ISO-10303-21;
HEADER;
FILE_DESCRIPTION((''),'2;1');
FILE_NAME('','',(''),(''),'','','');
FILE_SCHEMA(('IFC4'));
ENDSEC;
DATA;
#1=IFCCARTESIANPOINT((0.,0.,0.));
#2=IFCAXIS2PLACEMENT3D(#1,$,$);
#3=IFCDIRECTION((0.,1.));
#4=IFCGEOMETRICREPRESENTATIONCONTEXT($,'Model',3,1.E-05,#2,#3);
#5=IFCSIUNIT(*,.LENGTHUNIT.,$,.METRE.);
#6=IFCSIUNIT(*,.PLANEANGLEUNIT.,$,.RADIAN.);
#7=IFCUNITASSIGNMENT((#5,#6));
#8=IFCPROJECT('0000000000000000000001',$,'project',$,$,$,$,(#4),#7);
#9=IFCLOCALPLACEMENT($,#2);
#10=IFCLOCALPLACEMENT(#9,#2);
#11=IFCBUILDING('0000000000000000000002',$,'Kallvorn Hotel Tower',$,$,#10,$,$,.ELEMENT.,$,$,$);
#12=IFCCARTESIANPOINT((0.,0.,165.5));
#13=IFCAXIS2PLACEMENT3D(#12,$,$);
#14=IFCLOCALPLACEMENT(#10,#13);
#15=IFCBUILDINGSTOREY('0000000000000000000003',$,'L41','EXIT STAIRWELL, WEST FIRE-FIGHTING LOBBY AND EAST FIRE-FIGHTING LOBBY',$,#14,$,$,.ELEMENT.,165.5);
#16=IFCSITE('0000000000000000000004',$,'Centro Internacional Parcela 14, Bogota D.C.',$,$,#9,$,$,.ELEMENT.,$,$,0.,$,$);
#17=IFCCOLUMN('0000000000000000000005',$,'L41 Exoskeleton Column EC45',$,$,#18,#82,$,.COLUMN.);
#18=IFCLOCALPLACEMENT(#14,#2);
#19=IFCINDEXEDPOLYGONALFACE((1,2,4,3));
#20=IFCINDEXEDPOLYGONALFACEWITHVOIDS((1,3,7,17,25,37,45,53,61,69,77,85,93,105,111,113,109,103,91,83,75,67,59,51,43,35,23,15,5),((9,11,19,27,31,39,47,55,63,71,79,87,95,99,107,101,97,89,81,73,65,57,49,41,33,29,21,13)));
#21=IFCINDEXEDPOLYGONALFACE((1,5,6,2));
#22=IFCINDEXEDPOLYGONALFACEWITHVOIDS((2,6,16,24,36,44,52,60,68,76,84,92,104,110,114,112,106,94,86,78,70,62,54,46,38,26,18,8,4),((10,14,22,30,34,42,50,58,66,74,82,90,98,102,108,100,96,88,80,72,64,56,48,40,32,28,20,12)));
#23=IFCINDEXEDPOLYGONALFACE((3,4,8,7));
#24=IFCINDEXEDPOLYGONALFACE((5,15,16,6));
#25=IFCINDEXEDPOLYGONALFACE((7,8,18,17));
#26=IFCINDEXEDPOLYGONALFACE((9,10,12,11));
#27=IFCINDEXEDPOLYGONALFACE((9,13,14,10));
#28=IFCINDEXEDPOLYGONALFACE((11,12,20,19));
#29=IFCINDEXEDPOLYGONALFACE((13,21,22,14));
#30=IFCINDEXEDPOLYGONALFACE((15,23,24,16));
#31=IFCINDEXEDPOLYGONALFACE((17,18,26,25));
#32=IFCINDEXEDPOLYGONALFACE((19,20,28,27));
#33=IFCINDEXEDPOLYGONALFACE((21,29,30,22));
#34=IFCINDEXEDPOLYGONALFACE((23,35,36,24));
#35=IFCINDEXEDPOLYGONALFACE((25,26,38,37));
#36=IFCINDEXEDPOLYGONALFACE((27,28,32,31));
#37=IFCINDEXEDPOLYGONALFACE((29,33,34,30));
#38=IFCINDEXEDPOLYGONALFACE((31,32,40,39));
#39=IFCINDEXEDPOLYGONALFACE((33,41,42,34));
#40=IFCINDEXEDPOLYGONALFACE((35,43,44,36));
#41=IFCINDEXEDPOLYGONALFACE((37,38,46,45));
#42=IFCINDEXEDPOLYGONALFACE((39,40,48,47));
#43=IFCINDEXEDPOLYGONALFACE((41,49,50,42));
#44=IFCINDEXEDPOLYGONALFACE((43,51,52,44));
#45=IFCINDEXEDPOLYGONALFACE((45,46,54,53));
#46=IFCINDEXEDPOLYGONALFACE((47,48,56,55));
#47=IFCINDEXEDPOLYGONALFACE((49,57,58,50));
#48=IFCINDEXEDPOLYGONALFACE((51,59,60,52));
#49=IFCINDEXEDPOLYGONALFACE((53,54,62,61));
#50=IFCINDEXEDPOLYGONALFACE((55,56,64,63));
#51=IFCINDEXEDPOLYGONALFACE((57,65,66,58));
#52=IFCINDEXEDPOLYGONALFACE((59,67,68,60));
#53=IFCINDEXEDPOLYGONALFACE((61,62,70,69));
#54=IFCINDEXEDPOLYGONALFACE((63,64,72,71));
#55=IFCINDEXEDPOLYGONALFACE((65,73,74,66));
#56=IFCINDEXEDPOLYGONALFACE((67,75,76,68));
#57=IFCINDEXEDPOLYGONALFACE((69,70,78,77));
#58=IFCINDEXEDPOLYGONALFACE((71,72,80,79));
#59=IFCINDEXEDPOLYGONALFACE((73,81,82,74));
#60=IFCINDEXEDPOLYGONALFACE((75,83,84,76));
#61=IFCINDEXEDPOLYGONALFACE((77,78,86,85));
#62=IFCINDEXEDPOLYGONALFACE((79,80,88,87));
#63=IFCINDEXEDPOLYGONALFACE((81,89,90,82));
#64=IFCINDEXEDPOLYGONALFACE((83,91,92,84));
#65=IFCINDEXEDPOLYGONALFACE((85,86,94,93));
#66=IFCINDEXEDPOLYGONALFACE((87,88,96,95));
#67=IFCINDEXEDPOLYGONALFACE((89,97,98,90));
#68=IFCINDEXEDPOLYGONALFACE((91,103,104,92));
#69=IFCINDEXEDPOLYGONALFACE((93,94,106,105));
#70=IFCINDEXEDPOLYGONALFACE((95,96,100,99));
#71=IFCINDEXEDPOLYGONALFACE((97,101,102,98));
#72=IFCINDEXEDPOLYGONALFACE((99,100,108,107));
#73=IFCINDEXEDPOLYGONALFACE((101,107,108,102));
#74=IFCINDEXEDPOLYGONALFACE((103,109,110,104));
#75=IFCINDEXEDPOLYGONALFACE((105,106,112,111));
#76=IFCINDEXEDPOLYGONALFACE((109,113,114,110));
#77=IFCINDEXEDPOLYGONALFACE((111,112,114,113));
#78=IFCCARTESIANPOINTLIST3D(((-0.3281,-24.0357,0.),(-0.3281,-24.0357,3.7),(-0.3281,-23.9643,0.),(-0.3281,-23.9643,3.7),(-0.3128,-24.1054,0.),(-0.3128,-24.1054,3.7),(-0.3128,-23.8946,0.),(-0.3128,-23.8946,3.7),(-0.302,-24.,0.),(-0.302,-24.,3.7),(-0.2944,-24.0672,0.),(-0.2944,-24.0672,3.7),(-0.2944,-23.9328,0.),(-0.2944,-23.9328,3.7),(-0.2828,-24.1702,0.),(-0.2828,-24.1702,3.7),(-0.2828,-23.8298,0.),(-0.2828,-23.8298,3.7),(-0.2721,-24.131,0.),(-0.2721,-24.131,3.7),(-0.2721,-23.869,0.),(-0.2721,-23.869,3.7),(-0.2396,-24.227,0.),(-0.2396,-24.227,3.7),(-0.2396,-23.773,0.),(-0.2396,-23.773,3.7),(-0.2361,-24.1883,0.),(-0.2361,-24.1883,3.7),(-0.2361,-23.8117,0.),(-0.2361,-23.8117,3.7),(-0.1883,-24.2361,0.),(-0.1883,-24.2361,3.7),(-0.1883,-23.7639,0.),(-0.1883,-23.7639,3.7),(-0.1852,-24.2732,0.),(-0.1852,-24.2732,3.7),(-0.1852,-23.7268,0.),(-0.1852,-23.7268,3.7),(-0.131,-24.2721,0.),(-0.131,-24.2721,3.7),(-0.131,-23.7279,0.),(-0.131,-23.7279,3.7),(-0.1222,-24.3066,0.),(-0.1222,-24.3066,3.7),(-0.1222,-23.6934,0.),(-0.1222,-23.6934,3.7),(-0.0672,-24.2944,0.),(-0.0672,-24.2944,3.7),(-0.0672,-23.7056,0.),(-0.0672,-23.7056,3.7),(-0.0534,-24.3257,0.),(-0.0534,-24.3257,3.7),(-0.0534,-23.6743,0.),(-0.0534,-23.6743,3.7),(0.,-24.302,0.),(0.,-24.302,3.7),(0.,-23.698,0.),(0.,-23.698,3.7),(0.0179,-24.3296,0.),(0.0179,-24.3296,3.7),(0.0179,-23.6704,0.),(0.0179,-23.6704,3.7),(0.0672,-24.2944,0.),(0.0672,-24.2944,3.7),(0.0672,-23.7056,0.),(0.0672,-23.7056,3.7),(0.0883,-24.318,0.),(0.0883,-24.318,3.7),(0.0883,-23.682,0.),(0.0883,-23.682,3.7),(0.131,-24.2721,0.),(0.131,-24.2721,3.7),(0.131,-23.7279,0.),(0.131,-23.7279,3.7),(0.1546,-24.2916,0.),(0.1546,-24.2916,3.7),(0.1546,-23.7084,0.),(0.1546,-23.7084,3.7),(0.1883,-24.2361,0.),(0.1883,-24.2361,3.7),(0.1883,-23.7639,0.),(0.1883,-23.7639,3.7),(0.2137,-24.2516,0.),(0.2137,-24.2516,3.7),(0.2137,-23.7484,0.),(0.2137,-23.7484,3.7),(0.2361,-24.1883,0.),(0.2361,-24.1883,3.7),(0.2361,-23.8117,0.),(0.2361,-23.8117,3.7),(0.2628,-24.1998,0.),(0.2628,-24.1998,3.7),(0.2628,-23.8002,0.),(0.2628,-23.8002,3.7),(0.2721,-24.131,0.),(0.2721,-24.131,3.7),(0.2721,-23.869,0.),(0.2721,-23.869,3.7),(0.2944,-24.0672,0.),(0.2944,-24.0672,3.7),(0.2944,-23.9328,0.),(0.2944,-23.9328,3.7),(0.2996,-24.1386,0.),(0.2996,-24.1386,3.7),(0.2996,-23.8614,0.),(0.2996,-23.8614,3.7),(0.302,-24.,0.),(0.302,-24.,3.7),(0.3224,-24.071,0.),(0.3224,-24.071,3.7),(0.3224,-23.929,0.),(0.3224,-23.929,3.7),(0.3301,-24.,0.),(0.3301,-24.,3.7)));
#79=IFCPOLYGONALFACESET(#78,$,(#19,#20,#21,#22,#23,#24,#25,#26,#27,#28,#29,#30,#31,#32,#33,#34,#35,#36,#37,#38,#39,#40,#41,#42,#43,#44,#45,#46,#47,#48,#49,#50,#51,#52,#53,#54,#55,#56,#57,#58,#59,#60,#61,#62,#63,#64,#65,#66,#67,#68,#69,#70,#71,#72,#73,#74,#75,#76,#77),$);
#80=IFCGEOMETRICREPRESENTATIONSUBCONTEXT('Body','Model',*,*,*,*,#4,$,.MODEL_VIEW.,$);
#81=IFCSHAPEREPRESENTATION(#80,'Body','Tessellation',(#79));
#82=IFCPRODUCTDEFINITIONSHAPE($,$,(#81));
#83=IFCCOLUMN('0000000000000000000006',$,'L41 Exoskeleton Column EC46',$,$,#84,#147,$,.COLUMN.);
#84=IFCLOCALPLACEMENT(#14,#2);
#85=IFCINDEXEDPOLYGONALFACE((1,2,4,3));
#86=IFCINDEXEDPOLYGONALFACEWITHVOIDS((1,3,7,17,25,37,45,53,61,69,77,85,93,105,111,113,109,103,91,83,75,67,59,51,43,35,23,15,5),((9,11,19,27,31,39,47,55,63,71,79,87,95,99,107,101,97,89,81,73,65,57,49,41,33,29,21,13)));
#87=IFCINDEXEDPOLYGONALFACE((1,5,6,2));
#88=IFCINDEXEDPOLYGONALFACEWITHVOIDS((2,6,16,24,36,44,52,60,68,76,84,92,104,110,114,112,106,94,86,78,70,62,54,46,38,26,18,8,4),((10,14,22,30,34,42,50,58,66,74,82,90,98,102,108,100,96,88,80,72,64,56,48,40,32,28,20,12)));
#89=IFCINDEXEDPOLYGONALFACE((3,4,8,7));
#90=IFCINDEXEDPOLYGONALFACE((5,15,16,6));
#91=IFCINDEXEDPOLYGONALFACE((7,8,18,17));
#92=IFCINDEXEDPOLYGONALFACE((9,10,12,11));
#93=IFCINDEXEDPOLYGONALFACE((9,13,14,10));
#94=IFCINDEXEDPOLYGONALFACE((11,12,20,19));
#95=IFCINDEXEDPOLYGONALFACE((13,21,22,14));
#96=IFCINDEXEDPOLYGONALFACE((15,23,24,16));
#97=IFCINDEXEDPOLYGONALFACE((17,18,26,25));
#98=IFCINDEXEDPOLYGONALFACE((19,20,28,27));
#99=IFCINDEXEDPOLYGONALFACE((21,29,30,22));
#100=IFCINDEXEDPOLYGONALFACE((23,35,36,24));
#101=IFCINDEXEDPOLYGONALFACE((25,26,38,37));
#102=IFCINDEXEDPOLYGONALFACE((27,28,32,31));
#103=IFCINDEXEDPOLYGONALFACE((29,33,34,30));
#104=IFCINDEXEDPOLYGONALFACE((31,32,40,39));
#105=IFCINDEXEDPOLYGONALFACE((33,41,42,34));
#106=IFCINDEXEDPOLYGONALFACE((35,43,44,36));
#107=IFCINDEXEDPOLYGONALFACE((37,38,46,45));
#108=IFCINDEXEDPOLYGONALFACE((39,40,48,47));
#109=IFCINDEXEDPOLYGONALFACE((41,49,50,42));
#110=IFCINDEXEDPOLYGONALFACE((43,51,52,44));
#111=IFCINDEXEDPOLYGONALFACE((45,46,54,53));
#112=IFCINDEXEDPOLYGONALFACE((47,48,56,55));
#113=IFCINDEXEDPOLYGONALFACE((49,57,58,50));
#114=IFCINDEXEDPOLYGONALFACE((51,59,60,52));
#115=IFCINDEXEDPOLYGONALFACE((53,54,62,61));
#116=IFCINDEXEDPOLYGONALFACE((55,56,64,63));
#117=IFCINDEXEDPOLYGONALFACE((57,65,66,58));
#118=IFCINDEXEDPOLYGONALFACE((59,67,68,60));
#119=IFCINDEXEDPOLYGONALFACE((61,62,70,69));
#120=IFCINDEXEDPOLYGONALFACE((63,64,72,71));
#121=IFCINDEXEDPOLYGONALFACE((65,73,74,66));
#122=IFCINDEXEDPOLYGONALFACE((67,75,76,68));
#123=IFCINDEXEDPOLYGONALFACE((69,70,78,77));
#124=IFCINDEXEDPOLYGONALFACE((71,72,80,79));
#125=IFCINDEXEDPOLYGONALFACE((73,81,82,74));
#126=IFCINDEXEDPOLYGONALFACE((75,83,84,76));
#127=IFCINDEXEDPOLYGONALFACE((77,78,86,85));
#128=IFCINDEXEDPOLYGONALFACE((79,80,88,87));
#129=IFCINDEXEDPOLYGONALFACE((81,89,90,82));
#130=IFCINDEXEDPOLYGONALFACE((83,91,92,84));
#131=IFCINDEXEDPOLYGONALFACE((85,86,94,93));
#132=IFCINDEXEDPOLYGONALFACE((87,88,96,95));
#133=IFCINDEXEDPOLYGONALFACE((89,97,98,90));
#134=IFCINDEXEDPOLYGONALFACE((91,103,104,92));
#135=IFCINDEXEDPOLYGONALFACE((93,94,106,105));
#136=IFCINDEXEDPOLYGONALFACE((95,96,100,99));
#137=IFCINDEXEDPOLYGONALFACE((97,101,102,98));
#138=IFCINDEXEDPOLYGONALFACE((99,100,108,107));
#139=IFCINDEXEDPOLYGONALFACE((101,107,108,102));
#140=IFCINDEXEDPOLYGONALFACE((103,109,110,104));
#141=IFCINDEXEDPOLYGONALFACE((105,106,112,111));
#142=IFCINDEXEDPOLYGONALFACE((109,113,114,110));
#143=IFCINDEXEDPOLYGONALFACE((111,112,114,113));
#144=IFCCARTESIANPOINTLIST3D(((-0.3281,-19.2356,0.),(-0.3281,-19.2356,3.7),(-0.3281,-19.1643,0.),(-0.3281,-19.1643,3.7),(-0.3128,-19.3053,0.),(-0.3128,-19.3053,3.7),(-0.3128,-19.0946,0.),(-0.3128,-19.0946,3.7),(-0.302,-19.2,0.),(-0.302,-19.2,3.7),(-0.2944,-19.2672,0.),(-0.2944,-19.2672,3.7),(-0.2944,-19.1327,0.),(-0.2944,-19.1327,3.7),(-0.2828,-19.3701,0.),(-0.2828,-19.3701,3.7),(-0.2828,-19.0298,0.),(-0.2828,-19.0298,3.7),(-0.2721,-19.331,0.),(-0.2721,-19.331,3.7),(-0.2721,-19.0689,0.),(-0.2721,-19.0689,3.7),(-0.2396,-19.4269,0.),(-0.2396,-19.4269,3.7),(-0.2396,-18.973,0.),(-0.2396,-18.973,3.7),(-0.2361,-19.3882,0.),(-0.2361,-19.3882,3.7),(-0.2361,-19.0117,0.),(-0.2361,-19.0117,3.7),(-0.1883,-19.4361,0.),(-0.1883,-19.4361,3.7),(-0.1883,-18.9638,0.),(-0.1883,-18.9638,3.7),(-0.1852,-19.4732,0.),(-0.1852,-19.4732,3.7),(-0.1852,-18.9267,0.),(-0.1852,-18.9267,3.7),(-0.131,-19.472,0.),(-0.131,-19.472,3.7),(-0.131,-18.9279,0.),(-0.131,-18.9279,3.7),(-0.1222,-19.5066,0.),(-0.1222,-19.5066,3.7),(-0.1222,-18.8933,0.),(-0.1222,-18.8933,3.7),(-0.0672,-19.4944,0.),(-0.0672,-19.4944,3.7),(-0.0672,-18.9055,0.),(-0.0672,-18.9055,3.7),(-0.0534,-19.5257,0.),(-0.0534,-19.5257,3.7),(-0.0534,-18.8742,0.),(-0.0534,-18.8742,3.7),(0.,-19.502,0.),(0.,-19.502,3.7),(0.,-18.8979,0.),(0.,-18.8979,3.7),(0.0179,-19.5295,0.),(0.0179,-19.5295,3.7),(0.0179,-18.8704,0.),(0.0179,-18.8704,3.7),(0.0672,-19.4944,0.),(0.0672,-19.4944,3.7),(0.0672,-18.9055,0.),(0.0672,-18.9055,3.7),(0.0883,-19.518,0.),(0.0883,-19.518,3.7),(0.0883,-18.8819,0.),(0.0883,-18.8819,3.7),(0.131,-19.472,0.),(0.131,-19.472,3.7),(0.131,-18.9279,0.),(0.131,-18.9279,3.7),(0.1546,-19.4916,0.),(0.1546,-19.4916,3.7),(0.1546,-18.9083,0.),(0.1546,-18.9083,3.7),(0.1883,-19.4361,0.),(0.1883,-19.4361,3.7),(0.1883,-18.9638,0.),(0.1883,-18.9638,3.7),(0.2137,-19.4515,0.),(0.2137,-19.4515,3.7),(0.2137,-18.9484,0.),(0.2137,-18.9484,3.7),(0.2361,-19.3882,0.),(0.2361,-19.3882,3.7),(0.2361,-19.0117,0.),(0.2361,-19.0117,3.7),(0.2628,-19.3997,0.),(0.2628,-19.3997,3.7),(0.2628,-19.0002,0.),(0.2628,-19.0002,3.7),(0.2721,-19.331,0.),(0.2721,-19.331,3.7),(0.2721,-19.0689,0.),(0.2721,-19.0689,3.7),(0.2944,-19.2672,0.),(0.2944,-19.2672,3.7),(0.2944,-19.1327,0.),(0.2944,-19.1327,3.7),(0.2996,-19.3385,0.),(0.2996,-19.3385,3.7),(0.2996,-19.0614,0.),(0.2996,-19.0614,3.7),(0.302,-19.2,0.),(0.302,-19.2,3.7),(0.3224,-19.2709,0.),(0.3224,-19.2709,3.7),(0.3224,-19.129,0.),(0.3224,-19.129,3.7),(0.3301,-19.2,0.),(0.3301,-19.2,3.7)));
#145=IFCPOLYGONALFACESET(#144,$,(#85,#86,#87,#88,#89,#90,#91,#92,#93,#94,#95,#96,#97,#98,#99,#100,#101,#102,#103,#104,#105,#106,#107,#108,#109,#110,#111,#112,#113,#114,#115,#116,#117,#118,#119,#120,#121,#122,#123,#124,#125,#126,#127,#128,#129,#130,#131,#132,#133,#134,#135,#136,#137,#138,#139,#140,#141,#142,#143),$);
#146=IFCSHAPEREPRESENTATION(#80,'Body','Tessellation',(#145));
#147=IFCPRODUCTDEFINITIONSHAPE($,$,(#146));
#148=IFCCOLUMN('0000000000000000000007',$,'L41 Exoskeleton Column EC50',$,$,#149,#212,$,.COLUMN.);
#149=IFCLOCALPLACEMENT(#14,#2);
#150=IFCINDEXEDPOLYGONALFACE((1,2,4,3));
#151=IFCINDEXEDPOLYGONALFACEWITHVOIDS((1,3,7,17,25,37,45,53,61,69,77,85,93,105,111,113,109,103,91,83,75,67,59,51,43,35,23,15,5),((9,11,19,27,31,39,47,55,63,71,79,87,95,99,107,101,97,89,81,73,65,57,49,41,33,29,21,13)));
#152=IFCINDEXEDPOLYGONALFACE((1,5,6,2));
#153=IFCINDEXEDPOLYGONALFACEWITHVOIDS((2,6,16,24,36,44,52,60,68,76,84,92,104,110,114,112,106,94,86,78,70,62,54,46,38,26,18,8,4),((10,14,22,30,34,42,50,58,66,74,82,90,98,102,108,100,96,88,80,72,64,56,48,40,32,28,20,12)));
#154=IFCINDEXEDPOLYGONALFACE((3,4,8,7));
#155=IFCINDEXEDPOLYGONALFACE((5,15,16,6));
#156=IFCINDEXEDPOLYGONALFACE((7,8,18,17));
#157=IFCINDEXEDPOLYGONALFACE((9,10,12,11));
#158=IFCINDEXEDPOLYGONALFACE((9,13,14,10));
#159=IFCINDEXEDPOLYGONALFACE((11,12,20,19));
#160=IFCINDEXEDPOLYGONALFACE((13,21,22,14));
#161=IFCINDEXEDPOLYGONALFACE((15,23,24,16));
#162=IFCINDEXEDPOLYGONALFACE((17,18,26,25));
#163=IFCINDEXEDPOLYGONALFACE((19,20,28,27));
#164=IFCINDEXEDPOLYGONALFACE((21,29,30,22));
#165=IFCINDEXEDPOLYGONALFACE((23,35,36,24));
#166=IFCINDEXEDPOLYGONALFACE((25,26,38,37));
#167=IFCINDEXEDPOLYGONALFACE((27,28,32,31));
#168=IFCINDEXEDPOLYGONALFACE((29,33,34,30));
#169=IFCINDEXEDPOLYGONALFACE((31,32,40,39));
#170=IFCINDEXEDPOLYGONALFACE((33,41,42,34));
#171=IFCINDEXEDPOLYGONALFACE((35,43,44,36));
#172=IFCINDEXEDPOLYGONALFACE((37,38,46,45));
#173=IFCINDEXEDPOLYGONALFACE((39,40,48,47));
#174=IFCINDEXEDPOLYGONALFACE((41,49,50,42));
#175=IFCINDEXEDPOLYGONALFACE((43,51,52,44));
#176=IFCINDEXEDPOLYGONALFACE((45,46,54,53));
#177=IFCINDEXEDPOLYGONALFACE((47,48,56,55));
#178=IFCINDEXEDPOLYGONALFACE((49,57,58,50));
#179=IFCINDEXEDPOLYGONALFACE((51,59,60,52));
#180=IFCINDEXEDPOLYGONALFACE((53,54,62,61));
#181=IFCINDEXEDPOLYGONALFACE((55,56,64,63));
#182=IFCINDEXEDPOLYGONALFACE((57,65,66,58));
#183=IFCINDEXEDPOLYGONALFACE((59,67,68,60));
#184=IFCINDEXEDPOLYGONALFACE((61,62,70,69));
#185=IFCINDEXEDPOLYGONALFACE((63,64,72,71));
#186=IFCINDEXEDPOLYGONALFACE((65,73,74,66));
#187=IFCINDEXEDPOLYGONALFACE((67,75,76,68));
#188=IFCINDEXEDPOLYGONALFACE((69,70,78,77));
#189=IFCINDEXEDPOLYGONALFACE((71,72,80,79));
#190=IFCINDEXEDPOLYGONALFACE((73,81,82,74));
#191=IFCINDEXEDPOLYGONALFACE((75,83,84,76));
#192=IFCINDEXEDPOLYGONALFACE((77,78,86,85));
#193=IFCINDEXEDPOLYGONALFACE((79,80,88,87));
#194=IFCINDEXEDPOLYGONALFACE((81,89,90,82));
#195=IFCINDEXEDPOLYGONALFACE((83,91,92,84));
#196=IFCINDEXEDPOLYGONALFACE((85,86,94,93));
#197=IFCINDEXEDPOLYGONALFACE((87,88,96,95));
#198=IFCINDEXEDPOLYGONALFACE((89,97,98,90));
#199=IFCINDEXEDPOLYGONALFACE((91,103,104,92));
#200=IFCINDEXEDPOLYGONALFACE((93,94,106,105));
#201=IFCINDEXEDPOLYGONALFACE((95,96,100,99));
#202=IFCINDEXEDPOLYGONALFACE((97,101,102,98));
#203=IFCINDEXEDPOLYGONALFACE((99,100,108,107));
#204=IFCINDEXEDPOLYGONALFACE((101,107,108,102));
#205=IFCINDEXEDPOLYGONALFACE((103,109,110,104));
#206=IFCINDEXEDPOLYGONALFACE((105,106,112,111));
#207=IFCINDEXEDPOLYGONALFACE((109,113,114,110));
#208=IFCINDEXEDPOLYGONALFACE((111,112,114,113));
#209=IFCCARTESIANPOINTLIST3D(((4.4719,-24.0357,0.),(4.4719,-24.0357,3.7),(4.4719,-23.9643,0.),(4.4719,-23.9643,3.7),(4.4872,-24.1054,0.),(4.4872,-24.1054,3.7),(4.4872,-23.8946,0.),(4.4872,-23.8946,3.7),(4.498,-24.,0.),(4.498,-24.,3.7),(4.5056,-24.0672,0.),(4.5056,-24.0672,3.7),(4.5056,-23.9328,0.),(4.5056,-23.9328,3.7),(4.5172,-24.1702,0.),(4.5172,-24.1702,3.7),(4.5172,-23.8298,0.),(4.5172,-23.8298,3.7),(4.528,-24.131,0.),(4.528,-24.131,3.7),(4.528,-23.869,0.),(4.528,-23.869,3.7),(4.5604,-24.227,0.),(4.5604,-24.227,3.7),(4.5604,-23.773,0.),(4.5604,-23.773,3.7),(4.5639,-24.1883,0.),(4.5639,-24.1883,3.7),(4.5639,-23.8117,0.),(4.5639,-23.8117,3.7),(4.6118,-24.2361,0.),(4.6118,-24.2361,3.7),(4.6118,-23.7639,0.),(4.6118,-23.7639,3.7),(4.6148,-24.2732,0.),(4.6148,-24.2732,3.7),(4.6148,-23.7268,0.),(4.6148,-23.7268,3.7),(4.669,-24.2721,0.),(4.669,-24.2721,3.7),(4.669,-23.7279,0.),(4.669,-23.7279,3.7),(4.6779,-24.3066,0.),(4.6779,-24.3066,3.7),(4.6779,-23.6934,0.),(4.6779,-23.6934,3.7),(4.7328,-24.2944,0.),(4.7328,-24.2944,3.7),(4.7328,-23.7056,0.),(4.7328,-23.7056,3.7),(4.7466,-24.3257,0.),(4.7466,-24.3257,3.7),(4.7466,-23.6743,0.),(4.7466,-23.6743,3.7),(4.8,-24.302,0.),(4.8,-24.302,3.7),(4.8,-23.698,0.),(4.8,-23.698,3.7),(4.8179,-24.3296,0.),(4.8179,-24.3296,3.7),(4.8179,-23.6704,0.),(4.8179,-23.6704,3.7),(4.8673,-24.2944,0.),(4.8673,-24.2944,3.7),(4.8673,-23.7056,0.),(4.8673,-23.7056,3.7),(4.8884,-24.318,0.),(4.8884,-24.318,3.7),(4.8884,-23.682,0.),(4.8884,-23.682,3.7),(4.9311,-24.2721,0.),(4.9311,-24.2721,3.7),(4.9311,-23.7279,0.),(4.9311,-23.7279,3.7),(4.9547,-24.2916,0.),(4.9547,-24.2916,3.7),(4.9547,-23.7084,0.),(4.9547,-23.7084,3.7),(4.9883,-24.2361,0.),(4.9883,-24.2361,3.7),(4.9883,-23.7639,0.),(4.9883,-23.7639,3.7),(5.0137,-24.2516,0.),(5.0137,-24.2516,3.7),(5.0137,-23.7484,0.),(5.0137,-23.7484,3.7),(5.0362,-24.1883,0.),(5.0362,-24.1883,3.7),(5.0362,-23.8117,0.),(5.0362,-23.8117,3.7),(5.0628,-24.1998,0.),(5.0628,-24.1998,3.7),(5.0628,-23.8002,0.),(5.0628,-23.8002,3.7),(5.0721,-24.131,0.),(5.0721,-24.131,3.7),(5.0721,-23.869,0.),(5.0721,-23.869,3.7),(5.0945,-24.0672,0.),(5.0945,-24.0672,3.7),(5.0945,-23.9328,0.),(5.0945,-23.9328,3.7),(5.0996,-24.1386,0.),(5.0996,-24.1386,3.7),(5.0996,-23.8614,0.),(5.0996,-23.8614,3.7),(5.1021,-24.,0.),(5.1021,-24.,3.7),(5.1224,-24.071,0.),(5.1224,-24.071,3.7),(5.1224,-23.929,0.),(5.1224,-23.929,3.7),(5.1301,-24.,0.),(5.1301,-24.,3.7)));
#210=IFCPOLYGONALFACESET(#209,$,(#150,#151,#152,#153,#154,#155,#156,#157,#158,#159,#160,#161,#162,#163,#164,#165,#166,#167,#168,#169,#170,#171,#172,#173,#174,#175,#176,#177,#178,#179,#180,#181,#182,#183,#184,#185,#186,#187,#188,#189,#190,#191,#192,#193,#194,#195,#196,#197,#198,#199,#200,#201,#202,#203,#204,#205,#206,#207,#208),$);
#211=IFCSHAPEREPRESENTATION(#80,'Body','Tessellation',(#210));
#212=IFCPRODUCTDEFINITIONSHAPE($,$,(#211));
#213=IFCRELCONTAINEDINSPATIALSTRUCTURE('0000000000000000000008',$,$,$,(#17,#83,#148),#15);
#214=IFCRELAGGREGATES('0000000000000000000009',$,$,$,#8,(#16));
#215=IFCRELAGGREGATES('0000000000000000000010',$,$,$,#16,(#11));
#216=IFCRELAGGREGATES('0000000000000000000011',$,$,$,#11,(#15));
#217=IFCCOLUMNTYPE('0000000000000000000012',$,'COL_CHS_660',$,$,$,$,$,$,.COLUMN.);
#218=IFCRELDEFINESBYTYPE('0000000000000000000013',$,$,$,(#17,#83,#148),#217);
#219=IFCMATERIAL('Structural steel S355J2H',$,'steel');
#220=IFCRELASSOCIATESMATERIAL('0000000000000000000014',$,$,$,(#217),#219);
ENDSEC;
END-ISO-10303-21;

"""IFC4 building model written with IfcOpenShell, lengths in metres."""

from ifc_helpers import new_model, si_unit, direction, frame, origin, origin_2d, place, context, subcontext, project, spatial, hollow_circle, extrude, material, material_profile, profile_set, type_object, element, save


model = new_model("IFC4")

# Units and contexts
model_context = context("Model", 3, precision=1e-05, world=origin(), true_north=direction((0.0, 1.0)))
body_context = subcontext(model_context, "Body", "Model", "MODEL_VIEW")
ifc_project = project(units=[si_unit("LENGTHUNIT", "METRE"), si_unit("PLANEANGLEUNIT", "RADIAN")], contexts=[model_context])

# Site, building, storey
site_placement = place(None, origin())
site = spatial("IfcSite", under=ifc_project, at=site_placement, Name="Centro Internacional Parcela 14, Bogota D.C.", CompositionType="ELEMENT", RefElevation=0.0)
building_placement = place(site_placement, origin())
building = spatial("IfcBuilding", under=site, at=building_placement, Name="Kallvorn Hotel Tower", CompositionType="ELEMENT")
storey_placement = place(building_placement, frame((0.0, 0.0, 165.5)))
storey = spatial("IfcBuildingStorey", under=building, at=storey_placement, Name="L41", Description="EXIT STAIRWELL, WEST FIRE-FIGHTING LOBBY AND EAST FIRE-FIGHTING LOBBY", CompositionType="ELEMENT", Elevation=165.5)

# Columns
ifc_material_1 = material(Name="Structural steel S355J2H", Category="steel")
ifc_material_profile_1 = material_profile(ifc_material_1, hollow_circle(Radius=0.3301, WallThickness=0.0281, at=origin_2d()), Name="CHS 660x28")
ifc_profile_set_1 = profile_set([ifc_material_profile_1], Name="Structural steel S355J2H")
column_type_1 = type_object("IfcColumnType", Name="COL_CHS_660", PredefinedType="COLUMN", material=ifc_profile_set_1)
for number, where, z_axis, x_axis, name in (
    (1, (0.0, -24.0, 0.0), (0.0, 0.0, 1.0), (1.0, 0.0, 0.0), "L41 Exoskeleton Column EC45"),
    (2, (0.0, -19.2, 0.0), (0.0, 0.0, 1.0), (1.0, 0.0, 0.0), "L41 Exoskeleton Column EC46"),
    (3, (4.8, -24.0, 0.0), (0.0, 0.0, 1.0), (1.0, 0.0, 0.0), "L41 Exoskeleton Column EC50"),
):
    element("IfcColumn", number, at=place(storey_placement, frame(where, z_axis=z_axis, x_axis=x_axis)), inside=storey, type_object=column_type_1, Name=name, PredefinedType="COLUMN", context=body_context, shape_type="SweptSolid", body=[
        extrude(hollow_circle(Radius=0.3301, WallThickness=0.0281, at=origin_2d()), origin(), (0.0, 0.0, 1.0), 3.7),
    ])

save(model, "model.ifc")
